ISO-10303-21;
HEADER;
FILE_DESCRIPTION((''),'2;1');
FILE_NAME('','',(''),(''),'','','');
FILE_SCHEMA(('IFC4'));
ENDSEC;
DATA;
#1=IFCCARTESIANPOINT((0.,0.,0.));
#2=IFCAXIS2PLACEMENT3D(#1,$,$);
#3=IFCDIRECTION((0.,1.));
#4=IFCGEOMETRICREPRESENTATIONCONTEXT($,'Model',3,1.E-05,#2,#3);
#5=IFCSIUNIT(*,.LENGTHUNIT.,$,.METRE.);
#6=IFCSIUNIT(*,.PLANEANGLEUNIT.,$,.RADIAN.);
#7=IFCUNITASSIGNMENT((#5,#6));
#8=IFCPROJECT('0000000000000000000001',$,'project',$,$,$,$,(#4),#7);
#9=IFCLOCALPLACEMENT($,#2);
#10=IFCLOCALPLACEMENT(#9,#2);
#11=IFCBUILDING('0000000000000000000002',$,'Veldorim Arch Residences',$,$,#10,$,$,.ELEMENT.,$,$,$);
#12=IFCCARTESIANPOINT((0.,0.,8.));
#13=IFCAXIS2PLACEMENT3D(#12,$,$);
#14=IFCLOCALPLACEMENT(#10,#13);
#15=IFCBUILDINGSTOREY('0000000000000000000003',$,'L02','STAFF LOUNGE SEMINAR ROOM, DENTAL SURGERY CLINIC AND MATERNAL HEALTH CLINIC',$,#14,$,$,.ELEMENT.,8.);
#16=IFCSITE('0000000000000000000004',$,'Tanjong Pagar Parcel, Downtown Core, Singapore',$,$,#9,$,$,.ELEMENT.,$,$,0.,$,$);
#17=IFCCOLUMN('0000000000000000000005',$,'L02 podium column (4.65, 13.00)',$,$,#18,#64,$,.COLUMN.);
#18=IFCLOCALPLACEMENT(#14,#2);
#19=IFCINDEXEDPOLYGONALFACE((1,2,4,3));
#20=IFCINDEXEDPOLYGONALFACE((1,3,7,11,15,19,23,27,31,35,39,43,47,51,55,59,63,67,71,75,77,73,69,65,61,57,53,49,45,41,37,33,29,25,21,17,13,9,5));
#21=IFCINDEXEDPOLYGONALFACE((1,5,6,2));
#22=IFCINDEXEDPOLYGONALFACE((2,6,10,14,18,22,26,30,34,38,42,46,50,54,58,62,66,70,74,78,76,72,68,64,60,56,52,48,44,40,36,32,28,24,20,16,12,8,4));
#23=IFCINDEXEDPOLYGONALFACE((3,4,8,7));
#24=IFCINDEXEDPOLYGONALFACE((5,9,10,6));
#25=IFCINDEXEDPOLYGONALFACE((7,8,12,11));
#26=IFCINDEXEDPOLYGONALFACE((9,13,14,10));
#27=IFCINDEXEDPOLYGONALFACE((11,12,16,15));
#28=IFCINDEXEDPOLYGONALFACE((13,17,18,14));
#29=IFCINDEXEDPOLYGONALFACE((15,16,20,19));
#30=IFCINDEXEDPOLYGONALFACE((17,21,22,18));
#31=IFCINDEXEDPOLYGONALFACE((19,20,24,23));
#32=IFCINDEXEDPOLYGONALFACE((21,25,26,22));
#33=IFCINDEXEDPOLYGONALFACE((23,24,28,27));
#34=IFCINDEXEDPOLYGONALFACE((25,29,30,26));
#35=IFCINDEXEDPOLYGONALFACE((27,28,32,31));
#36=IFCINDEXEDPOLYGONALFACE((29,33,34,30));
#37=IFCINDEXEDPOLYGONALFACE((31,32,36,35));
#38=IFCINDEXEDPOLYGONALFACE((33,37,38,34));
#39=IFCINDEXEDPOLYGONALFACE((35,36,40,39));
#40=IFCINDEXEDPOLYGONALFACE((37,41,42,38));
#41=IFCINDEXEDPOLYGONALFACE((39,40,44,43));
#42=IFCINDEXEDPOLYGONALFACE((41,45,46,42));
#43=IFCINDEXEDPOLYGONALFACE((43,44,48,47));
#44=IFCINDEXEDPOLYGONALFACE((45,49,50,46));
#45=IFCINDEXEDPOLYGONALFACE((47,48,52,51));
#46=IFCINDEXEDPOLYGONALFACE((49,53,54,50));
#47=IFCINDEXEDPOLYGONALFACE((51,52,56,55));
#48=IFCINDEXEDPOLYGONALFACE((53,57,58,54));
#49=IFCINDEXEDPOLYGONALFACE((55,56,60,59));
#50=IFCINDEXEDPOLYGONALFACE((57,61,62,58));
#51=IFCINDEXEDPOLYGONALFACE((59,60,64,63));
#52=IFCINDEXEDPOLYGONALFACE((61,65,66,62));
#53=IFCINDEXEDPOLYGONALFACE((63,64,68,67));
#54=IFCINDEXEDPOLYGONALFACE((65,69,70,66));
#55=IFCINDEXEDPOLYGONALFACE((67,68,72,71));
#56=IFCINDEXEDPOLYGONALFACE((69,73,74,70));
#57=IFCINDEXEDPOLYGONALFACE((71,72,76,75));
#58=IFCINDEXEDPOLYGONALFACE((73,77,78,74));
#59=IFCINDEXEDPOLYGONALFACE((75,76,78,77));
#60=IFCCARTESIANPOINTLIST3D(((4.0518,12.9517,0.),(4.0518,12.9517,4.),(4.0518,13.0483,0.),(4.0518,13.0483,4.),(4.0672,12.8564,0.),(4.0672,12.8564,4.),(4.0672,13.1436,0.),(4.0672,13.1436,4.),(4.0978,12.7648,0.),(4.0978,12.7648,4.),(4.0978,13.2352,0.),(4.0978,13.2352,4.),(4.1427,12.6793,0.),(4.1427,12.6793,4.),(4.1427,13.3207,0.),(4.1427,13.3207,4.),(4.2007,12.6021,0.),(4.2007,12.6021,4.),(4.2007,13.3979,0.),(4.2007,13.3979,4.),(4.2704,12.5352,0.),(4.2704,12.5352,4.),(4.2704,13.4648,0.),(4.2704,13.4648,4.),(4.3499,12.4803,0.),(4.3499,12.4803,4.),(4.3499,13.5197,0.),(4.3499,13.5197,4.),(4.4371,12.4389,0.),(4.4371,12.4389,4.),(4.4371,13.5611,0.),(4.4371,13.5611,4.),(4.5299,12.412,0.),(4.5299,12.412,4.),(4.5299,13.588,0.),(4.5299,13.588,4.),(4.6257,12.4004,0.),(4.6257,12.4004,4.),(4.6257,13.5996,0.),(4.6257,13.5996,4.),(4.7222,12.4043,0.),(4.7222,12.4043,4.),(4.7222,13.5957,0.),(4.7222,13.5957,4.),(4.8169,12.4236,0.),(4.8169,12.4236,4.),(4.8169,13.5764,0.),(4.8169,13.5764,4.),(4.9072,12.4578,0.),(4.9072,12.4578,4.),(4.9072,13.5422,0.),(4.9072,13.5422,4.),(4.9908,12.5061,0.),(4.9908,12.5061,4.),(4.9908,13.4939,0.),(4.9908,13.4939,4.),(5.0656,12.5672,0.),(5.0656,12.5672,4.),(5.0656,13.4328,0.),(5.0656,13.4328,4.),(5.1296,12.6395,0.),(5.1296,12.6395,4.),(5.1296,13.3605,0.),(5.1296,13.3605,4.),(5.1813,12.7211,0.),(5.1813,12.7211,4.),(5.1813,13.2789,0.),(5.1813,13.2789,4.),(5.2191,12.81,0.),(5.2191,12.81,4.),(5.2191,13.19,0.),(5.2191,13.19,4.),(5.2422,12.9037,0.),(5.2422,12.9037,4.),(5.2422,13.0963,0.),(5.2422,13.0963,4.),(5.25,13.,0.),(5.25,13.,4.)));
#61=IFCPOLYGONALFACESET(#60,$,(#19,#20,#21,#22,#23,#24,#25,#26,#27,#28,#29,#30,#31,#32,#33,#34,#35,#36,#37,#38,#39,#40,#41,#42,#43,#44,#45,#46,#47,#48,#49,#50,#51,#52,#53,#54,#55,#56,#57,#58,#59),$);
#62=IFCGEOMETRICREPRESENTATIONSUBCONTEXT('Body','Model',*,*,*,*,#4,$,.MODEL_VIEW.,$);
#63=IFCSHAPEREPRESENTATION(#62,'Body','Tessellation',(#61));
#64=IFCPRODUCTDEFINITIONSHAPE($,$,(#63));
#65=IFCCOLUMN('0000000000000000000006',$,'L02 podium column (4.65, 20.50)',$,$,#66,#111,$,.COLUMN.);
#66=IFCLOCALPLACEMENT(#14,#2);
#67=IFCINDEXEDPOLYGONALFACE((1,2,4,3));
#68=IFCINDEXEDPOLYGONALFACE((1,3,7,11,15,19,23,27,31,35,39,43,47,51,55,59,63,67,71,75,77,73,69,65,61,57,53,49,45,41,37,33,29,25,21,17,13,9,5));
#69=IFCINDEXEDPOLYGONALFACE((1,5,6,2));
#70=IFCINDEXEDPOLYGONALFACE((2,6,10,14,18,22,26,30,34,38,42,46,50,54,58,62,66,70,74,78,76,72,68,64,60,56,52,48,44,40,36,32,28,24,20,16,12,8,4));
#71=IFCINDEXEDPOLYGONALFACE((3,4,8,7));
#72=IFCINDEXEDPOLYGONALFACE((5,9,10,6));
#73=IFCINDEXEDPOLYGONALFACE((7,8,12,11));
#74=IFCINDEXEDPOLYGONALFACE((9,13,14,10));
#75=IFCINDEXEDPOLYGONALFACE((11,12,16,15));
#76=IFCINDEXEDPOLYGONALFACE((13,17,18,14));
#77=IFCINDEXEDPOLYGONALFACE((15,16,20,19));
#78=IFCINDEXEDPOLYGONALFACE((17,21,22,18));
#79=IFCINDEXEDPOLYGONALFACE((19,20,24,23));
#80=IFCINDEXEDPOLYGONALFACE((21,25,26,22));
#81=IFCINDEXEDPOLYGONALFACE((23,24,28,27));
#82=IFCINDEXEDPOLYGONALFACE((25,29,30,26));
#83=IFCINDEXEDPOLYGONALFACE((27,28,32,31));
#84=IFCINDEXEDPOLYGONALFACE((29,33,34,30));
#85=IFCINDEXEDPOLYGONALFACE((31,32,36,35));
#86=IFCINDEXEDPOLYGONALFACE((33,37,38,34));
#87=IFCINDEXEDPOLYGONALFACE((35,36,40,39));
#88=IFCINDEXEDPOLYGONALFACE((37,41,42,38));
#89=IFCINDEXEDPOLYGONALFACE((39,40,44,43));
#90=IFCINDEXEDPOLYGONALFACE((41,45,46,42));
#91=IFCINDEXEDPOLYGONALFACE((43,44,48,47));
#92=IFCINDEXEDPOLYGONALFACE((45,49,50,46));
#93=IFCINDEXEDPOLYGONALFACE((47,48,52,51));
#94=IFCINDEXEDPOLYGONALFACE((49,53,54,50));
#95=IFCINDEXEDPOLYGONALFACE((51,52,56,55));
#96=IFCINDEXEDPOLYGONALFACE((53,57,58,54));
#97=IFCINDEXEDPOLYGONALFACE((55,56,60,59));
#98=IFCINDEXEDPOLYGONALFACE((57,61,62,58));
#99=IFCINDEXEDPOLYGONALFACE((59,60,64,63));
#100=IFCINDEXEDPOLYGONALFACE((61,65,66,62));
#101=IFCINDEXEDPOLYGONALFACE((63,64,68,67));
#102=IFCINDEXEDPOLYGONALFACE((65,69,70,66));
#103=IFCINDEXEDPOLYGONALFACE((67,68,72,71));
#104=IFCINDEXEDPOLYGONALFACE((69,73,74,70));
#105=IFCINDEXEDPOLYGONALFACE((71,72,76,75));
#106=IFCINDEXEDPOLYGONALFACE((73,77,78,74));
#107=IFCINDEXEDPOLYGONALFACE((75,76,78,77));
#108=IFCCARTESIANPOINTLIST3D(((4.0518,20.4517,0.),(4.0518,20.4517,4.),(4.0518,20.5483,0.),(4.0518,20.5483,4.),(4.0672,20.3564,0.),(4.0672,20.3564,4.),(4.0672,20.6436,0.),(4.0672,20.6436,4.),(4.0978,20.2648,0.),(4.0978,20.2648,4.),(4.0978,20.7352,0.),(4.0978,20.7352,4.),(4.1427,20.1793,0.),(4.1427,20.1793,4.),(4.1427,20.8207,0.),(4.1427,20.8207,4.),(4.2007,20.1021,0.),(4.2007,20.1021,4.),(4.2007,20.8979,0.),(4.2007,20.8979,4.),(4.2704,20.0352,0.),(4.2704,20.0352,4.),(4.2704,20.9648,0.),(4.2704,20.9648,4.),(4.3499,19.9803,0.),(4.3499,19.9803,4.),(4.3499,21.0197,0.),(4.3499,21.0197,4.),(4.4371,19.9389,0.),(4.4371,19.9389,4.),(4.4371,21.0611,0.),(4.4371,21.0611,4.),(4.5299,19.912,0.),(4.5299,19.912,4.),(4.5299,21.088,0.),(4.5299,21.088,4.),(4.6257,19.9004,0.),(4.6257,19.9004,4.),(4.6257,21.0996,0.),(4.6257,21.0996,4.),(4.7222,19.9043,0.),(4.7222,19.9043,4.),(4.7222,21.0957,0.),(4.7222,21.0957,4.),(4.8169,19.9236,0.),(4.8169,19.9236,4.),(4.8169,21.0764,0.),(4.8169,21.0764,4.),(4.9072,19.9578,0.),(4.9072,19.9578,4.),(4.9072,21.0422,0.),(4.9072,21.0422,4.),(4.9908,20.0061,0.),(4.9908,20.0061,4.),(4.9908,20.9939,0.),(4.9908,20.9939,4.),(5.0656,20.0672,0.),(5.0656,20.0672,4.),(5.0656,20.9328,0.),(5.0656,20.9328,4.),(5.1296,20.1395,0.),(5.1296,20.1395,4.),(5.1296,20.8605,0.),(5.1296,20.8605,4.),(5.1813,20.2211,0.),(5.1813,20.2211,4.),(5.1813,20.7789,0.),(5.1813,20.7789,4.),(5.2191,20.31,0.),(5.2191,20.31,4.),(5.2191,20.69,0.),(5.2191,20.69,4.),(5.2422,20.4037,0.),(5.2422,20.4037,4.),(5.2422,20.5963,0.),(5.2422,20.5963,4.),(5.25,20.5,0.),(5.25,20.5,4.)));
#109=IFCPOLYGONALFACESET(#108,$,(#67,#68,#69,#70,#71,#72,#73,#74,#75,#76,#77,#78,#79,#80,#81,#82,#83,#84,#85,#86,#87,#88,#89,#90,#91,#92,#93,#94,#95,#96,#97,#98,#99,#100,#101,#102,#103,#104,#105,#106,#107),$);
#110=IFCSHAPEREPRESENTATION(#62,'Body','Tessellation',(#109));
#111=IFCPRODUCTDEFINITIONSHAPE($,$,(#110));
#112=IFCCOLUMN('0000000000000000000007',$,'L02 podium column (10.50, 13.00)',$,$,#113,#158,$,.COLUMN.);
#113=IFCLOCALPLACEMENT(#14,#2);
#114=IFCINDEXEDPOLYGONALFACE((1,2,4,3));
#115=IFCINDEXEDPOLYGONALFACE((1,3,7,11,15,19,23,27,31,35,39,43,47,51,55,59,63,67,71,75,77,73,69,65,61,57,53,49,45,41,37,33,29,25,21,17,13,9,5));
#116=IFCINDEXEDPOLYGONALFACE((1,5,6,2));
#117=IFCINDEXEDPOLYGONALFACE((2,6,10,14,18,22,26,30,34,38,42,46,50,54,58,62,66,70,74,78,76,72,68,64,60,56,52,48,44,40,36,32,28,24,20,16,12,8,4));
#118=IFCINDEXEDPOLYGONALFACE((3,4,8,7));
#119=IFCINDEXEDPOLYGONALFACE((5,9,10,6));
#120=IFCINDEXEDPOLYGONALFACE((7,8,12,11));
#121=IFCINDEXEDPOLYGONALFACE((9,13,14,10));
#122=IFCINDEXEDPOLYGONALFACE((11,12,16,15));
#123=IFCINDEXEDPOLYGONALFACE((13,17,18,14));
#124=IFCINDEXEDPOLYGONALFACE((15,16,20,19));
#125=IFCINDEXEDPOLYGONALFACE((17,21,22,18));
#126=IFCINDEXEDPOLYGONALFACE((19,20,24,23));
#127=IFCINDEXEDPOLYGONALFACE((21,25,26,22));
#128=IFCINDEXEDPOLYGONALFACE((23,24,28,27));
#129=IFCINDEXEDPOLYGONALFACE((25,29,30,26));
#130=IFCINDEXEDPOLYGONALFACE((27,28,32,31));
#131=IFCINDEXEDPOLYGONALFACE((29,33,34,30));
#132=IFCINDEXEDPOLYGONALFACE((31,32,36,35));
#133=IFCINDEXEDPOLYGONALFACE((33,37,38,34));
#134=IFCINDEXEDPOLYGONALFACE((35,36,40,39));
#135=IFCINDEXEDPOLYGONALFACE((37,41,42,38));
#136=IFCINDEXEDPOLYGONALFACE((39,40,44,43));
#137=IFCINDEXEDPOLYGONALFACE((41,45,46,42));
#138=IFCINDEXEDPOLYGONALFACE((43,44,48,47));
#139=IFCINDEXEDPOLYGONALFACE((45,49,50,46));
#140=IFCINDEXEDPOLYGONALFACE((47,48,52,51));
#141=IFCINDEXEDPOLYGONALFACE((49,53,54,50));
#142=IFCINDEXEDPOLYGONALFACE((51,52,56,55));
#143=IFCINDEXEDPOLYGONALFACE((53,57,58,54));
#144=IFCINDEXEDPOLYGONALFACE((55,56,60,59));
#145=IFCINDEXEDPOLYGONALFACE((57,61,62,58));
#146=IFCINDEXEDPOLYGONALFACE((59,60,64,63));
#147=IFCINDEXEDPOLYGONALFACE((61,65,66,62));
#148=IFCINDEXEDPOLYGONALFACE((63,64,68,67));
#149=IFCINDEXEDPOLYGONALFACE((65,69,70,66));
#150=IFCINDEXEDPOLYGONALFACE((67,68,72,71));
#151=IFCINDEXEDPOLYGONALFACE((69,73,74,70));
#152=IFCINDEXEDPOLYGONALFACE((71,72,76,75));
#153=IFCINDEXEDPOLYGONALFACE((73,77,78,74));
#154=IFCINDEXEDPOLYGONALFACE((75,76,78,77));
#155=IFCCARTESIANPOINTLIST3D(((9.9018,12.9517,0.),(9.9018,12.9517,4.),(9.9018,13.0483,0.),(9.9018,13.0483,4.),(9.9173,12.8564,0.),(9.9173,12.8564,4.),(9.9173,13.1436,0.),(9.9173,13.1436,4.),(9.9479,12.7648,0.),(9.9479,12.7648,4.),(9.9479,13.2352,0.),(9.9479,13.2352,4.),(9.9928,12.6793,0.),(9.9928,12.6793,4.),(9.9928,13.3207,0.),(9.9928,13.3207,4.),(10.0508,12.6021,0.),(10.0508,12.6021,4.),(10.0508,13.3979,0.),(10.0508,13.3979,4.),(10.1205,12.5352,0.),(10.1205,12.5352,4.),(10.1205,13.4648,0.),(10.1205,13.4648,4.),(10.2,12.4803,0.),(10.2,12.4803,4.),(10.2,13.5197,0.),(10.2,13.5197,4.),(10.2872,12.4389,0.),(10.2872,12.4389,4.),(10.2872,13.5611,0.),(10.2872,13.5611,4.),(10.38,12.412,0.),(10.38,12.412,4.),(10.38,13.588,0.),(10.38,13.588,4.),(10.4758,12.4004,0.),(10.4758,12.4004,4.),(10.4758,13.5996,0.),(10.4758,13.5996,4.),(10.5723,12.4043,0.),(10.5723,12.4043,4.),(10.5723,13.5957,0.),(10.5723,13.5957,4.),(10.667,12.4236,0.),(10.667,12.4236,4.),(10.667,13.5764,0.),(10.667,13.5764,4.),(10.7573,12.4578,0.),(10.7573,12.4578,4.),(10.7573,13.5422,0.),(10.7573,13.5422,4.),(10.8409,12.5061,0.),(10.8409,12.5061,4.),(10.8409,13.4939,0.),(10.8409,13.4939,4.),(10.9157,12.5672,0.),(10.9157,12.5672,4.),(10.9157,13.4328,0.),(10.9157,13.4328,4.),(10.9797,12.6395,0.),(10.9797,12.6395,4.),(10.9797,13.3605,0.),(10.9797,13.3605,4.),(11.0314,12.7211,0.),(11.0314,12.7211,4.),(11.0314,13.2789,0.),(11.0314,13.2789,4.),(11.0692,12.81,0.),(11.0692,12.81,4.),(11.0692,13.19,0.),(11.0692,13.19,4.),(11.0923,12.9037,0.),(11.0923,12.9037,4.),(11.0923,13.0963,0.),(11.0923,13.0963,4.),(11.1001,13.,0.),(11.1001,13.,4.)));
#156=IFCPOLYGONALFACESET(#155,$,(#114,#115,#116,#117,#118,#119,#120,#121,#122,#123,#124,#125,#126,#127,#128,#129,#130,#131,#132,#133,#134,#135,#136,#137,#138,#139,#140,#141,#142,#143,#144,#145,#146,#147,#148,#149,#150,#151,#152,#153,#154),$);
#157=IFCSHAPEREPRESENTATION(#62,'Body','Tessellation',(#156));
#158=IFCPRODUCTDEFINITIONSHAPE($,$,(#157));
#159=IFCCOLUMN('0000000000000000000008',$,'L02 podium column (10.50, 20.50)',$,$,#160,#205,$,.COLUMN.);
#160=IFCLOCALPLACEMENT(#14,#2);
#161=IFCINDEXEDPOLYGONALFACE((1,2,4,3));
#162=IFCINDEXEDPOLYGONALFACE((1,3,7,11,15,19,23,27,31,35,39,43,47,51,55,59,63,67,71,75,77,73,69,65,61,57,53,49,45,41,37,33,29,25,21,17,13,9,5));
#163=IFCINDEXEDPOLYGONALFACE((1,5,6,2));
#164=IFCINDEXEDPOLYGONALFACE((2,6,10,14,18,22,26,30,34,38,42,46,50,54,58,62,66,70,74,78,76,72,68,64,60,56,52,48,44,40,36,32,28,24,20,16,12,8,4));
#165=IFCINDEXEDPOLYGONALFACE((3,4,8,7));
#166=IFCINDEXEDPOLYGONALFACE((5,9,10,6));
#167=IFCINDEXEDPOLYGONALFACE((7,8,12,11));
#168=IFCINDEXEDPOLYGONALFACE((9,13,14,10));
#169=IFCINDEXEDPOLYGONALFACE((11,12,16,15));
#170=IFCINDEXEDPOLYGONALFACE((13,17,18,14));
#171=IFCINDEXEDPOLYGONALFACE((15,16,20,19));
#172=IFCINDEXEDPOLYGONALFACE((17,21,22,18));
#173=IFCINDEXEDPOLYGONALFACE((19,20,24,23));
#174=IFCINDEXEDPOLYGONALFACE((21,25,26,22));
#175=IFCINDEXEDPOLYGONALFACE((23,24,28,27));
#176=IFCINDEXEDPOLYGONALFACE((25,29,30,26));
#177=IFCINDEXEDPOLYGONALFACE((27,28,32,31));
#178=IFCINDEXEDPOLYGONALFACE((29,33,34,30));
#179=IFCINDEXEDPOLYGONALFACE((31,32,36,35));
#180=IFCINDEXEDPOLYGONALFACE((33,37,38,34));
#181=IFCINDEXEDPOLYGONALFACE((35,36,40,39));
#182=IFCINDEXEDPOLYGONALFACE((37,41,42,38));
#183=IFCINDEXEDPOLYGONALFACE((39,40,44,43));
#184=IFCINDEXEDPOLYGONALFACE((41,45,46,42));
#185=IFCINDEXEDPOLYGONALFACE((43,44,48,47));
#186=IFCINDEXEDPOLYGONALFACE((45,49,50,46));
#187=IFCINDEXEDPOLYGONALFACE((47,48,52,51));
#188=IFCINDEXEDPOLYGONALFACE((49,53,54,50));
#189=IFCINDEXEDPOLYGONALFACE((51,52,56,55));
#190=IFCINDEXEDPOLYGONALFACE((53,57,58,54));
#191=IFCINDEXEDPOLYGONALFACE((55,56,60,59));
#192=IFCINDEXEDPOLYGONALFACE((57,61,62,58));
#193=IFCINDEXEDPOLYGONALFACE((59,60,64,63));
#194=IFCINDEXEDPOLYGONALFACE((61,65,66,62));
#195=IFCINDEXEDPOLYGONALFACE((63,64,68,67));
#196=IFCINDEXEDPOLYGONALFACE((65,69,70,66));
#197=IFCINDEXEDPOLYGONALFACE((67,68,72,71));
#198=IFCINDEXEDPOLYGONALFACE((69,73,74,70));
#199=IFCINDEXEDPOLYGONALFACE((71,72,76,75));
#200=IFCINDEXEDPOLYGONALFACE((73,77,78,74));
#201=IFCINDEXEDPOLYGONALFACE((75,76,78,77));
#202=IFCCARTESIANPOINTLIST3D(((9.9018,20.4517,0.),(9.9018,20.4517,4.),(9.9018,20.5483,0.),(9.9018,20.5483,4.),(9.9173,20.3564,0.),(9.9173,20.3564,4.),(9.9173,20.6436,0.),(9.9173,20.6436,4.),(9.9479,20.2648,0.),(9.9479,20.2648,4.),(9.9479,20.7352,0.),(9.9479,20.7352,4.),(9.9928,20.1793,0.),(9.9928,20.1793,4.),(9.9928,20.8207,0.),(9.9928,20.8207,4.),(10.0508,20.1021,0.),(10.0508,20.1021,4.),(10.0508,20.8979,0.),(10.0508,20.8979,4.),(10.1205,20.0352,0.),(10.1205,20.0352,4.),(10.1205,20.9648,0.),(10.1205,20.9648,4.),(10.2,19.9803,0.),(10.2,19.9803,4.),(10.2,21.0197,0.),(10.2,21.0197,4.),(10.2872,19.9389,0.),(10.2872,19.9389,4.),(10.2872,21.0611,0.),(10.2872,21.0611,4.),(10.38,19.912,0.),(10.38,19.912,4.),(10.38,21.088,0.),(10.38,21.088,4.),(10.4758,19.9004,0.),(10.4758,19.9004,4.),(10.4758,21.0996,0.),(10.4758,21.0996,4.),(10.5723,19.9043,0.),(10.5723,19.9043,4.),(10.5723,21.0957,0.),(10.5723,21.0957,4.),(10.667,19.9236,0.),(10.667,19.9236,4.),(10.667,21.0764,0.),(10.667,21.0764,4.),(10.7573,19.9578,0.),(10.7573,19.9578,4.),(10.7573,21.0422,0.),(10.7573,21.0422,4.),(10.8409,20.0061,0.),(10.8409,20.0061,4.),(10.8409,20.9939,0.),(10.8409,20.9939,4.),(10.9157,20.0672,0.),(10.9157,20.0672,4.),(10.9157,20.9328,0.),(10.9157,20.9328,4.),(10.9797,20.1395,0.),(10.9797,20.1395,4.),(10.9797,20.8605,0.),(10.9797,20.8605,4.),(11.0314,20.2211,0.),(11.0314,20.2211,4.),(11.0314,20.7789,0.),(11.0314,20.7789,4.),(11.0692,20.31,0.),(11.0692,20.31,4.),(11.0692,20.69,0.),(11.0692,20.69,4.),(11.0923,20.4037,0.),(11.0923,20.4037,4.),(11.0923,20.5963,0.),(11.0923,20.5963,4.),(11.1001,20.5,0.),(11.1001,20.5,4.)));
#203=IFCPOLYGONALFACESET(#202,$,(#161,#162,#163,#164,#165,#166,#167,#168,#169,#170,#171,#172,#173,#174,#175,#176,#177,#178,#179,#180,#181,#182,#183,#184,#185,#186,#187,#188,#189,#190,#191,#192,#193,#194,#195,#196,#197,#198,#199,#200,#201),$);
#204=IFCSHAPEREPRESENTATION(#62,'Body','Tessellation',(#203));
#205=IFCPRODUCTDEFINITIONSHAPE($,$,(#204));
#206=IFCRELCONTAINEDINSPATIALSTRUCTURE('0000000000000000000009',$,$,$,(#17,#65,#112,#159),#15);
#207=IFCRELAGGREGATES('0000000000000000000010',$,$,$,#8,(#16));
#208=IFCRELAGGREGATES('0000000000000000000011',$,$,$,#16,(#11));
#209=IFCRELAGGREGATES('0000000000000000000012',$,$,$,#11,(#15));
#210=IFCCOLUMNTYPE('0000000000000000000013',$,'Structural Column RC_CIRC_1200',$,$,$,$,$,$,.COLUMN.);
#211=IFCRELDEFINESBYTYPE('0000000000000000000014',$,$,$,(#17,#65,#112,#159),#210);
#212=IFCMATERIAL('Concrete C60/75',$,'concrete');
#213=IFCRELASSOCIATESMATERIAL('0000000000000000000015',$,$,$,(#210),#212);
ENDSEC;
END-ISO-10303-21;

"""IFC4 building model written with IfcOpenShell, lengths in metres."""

from ifc_helpers import new_model, si_unit, direction, frame, origin, origin_2d, place, context, subcontext, project, spatial, circle, extrude, material, material_profile, profile_set, type_object, element, save


model = new_model("IFC4")

# Units and contexts
model_context = context("Model", 3, precision=1e-05, world=origin(), true_north=direction((0.0, 1.0)))
body_context = subcontext(model_context, "Body", "Model", "MODEL_VIEW")
ifc_project = project(units=[si_unit("LENGTHUNIT", "METRE"), si_unit("PLANEANGLEUNIT", "RADIAN")], contexts=[model_context])

# Site, building, storey
site_placement = place(None, origin())
site = spatial("IfcSite", under=ifc_project, at=site_placement, Name="Tanjong Pagar Parcel, Downtown Core, Singapore", CompositionType="ELEMENT", RefElevation=0.0)
building_placement = place(site_placement, origin())
building = spatial("IfcBuilding", under=site, at=building_placement, Name="Veldorim Arch Residences", CompositionType="ELEMENT")
storey_placement = place(building_placement, frame((0.0, 0.0, 8.0)))
storey = spatial("IfcBuildingStorey", under=building, at=storey_placement, Name="L02", Description="STAFF LOUNGE SEMINAR ROOM, DENTAL SURGERY CLINIC AND MATERNAL HEALTH CLINIC", CompositionType="ELEMENT", Elevation=8.0)

# Columns
ifc_material_1 = material(Name="Concrete C60/75", Category="concrete")
ifc_material_profile_1 = material_profile(ifc_material_1, circle(Radius=0.6001, at=origin_2d()), Name="RC_CIRC_1200")
ifc_profile_set_1 = profile_set([ifc_material_profile_1], Name="Concrete C60/75")
column_type_1 = type_object("IfcColumnType", Name="Structural Column RC_CIRC_1200", PredefinedType="COLUMN", material=ifc_profile_set_1)
for number, where, z_axis, x_axis, name in (
    (1, (4.6499, 13.0, 0.0), (0.0, 0.0, 1.0), (1.0, 0.0, 0.0), "L02 podium column (4.65, 13.00)"),
    (2, (4.6499, 20.5, 0.0), (0.0, 0.0, 1.0), (1.0, 0.0, 0.0), "L02 podium column (4.65, 20.50)"),
    (3, (10.5, 13.0, 0.0), (0.0, 0.0, 1.0), (1.0, 0.0, 0.0), "L02 podium column (10.50, 13.00)"),
    (4, (10.5, 20.5, 0.0), (0.0, 0.0, 1.0), (1.0, 0.0, 0.0), "L02 podium column (10.50, 20.50)"),
):
    element("IfcColumn", number, at=place(storey_placement, frame(where, z_axis=z_axis, x_axis=x_axis)), inside=storey, type_object=column_type_1, Name=name, PredefinedType="COLUMN", context=body_context, shape_type="SweptSolid", body=[
        extrude(circle(Radius=0.6001, at=origin_2d()), origin(), (0.0, 0.0, 1.0), 4.0),
    ])

save(model, "model.ifc")
